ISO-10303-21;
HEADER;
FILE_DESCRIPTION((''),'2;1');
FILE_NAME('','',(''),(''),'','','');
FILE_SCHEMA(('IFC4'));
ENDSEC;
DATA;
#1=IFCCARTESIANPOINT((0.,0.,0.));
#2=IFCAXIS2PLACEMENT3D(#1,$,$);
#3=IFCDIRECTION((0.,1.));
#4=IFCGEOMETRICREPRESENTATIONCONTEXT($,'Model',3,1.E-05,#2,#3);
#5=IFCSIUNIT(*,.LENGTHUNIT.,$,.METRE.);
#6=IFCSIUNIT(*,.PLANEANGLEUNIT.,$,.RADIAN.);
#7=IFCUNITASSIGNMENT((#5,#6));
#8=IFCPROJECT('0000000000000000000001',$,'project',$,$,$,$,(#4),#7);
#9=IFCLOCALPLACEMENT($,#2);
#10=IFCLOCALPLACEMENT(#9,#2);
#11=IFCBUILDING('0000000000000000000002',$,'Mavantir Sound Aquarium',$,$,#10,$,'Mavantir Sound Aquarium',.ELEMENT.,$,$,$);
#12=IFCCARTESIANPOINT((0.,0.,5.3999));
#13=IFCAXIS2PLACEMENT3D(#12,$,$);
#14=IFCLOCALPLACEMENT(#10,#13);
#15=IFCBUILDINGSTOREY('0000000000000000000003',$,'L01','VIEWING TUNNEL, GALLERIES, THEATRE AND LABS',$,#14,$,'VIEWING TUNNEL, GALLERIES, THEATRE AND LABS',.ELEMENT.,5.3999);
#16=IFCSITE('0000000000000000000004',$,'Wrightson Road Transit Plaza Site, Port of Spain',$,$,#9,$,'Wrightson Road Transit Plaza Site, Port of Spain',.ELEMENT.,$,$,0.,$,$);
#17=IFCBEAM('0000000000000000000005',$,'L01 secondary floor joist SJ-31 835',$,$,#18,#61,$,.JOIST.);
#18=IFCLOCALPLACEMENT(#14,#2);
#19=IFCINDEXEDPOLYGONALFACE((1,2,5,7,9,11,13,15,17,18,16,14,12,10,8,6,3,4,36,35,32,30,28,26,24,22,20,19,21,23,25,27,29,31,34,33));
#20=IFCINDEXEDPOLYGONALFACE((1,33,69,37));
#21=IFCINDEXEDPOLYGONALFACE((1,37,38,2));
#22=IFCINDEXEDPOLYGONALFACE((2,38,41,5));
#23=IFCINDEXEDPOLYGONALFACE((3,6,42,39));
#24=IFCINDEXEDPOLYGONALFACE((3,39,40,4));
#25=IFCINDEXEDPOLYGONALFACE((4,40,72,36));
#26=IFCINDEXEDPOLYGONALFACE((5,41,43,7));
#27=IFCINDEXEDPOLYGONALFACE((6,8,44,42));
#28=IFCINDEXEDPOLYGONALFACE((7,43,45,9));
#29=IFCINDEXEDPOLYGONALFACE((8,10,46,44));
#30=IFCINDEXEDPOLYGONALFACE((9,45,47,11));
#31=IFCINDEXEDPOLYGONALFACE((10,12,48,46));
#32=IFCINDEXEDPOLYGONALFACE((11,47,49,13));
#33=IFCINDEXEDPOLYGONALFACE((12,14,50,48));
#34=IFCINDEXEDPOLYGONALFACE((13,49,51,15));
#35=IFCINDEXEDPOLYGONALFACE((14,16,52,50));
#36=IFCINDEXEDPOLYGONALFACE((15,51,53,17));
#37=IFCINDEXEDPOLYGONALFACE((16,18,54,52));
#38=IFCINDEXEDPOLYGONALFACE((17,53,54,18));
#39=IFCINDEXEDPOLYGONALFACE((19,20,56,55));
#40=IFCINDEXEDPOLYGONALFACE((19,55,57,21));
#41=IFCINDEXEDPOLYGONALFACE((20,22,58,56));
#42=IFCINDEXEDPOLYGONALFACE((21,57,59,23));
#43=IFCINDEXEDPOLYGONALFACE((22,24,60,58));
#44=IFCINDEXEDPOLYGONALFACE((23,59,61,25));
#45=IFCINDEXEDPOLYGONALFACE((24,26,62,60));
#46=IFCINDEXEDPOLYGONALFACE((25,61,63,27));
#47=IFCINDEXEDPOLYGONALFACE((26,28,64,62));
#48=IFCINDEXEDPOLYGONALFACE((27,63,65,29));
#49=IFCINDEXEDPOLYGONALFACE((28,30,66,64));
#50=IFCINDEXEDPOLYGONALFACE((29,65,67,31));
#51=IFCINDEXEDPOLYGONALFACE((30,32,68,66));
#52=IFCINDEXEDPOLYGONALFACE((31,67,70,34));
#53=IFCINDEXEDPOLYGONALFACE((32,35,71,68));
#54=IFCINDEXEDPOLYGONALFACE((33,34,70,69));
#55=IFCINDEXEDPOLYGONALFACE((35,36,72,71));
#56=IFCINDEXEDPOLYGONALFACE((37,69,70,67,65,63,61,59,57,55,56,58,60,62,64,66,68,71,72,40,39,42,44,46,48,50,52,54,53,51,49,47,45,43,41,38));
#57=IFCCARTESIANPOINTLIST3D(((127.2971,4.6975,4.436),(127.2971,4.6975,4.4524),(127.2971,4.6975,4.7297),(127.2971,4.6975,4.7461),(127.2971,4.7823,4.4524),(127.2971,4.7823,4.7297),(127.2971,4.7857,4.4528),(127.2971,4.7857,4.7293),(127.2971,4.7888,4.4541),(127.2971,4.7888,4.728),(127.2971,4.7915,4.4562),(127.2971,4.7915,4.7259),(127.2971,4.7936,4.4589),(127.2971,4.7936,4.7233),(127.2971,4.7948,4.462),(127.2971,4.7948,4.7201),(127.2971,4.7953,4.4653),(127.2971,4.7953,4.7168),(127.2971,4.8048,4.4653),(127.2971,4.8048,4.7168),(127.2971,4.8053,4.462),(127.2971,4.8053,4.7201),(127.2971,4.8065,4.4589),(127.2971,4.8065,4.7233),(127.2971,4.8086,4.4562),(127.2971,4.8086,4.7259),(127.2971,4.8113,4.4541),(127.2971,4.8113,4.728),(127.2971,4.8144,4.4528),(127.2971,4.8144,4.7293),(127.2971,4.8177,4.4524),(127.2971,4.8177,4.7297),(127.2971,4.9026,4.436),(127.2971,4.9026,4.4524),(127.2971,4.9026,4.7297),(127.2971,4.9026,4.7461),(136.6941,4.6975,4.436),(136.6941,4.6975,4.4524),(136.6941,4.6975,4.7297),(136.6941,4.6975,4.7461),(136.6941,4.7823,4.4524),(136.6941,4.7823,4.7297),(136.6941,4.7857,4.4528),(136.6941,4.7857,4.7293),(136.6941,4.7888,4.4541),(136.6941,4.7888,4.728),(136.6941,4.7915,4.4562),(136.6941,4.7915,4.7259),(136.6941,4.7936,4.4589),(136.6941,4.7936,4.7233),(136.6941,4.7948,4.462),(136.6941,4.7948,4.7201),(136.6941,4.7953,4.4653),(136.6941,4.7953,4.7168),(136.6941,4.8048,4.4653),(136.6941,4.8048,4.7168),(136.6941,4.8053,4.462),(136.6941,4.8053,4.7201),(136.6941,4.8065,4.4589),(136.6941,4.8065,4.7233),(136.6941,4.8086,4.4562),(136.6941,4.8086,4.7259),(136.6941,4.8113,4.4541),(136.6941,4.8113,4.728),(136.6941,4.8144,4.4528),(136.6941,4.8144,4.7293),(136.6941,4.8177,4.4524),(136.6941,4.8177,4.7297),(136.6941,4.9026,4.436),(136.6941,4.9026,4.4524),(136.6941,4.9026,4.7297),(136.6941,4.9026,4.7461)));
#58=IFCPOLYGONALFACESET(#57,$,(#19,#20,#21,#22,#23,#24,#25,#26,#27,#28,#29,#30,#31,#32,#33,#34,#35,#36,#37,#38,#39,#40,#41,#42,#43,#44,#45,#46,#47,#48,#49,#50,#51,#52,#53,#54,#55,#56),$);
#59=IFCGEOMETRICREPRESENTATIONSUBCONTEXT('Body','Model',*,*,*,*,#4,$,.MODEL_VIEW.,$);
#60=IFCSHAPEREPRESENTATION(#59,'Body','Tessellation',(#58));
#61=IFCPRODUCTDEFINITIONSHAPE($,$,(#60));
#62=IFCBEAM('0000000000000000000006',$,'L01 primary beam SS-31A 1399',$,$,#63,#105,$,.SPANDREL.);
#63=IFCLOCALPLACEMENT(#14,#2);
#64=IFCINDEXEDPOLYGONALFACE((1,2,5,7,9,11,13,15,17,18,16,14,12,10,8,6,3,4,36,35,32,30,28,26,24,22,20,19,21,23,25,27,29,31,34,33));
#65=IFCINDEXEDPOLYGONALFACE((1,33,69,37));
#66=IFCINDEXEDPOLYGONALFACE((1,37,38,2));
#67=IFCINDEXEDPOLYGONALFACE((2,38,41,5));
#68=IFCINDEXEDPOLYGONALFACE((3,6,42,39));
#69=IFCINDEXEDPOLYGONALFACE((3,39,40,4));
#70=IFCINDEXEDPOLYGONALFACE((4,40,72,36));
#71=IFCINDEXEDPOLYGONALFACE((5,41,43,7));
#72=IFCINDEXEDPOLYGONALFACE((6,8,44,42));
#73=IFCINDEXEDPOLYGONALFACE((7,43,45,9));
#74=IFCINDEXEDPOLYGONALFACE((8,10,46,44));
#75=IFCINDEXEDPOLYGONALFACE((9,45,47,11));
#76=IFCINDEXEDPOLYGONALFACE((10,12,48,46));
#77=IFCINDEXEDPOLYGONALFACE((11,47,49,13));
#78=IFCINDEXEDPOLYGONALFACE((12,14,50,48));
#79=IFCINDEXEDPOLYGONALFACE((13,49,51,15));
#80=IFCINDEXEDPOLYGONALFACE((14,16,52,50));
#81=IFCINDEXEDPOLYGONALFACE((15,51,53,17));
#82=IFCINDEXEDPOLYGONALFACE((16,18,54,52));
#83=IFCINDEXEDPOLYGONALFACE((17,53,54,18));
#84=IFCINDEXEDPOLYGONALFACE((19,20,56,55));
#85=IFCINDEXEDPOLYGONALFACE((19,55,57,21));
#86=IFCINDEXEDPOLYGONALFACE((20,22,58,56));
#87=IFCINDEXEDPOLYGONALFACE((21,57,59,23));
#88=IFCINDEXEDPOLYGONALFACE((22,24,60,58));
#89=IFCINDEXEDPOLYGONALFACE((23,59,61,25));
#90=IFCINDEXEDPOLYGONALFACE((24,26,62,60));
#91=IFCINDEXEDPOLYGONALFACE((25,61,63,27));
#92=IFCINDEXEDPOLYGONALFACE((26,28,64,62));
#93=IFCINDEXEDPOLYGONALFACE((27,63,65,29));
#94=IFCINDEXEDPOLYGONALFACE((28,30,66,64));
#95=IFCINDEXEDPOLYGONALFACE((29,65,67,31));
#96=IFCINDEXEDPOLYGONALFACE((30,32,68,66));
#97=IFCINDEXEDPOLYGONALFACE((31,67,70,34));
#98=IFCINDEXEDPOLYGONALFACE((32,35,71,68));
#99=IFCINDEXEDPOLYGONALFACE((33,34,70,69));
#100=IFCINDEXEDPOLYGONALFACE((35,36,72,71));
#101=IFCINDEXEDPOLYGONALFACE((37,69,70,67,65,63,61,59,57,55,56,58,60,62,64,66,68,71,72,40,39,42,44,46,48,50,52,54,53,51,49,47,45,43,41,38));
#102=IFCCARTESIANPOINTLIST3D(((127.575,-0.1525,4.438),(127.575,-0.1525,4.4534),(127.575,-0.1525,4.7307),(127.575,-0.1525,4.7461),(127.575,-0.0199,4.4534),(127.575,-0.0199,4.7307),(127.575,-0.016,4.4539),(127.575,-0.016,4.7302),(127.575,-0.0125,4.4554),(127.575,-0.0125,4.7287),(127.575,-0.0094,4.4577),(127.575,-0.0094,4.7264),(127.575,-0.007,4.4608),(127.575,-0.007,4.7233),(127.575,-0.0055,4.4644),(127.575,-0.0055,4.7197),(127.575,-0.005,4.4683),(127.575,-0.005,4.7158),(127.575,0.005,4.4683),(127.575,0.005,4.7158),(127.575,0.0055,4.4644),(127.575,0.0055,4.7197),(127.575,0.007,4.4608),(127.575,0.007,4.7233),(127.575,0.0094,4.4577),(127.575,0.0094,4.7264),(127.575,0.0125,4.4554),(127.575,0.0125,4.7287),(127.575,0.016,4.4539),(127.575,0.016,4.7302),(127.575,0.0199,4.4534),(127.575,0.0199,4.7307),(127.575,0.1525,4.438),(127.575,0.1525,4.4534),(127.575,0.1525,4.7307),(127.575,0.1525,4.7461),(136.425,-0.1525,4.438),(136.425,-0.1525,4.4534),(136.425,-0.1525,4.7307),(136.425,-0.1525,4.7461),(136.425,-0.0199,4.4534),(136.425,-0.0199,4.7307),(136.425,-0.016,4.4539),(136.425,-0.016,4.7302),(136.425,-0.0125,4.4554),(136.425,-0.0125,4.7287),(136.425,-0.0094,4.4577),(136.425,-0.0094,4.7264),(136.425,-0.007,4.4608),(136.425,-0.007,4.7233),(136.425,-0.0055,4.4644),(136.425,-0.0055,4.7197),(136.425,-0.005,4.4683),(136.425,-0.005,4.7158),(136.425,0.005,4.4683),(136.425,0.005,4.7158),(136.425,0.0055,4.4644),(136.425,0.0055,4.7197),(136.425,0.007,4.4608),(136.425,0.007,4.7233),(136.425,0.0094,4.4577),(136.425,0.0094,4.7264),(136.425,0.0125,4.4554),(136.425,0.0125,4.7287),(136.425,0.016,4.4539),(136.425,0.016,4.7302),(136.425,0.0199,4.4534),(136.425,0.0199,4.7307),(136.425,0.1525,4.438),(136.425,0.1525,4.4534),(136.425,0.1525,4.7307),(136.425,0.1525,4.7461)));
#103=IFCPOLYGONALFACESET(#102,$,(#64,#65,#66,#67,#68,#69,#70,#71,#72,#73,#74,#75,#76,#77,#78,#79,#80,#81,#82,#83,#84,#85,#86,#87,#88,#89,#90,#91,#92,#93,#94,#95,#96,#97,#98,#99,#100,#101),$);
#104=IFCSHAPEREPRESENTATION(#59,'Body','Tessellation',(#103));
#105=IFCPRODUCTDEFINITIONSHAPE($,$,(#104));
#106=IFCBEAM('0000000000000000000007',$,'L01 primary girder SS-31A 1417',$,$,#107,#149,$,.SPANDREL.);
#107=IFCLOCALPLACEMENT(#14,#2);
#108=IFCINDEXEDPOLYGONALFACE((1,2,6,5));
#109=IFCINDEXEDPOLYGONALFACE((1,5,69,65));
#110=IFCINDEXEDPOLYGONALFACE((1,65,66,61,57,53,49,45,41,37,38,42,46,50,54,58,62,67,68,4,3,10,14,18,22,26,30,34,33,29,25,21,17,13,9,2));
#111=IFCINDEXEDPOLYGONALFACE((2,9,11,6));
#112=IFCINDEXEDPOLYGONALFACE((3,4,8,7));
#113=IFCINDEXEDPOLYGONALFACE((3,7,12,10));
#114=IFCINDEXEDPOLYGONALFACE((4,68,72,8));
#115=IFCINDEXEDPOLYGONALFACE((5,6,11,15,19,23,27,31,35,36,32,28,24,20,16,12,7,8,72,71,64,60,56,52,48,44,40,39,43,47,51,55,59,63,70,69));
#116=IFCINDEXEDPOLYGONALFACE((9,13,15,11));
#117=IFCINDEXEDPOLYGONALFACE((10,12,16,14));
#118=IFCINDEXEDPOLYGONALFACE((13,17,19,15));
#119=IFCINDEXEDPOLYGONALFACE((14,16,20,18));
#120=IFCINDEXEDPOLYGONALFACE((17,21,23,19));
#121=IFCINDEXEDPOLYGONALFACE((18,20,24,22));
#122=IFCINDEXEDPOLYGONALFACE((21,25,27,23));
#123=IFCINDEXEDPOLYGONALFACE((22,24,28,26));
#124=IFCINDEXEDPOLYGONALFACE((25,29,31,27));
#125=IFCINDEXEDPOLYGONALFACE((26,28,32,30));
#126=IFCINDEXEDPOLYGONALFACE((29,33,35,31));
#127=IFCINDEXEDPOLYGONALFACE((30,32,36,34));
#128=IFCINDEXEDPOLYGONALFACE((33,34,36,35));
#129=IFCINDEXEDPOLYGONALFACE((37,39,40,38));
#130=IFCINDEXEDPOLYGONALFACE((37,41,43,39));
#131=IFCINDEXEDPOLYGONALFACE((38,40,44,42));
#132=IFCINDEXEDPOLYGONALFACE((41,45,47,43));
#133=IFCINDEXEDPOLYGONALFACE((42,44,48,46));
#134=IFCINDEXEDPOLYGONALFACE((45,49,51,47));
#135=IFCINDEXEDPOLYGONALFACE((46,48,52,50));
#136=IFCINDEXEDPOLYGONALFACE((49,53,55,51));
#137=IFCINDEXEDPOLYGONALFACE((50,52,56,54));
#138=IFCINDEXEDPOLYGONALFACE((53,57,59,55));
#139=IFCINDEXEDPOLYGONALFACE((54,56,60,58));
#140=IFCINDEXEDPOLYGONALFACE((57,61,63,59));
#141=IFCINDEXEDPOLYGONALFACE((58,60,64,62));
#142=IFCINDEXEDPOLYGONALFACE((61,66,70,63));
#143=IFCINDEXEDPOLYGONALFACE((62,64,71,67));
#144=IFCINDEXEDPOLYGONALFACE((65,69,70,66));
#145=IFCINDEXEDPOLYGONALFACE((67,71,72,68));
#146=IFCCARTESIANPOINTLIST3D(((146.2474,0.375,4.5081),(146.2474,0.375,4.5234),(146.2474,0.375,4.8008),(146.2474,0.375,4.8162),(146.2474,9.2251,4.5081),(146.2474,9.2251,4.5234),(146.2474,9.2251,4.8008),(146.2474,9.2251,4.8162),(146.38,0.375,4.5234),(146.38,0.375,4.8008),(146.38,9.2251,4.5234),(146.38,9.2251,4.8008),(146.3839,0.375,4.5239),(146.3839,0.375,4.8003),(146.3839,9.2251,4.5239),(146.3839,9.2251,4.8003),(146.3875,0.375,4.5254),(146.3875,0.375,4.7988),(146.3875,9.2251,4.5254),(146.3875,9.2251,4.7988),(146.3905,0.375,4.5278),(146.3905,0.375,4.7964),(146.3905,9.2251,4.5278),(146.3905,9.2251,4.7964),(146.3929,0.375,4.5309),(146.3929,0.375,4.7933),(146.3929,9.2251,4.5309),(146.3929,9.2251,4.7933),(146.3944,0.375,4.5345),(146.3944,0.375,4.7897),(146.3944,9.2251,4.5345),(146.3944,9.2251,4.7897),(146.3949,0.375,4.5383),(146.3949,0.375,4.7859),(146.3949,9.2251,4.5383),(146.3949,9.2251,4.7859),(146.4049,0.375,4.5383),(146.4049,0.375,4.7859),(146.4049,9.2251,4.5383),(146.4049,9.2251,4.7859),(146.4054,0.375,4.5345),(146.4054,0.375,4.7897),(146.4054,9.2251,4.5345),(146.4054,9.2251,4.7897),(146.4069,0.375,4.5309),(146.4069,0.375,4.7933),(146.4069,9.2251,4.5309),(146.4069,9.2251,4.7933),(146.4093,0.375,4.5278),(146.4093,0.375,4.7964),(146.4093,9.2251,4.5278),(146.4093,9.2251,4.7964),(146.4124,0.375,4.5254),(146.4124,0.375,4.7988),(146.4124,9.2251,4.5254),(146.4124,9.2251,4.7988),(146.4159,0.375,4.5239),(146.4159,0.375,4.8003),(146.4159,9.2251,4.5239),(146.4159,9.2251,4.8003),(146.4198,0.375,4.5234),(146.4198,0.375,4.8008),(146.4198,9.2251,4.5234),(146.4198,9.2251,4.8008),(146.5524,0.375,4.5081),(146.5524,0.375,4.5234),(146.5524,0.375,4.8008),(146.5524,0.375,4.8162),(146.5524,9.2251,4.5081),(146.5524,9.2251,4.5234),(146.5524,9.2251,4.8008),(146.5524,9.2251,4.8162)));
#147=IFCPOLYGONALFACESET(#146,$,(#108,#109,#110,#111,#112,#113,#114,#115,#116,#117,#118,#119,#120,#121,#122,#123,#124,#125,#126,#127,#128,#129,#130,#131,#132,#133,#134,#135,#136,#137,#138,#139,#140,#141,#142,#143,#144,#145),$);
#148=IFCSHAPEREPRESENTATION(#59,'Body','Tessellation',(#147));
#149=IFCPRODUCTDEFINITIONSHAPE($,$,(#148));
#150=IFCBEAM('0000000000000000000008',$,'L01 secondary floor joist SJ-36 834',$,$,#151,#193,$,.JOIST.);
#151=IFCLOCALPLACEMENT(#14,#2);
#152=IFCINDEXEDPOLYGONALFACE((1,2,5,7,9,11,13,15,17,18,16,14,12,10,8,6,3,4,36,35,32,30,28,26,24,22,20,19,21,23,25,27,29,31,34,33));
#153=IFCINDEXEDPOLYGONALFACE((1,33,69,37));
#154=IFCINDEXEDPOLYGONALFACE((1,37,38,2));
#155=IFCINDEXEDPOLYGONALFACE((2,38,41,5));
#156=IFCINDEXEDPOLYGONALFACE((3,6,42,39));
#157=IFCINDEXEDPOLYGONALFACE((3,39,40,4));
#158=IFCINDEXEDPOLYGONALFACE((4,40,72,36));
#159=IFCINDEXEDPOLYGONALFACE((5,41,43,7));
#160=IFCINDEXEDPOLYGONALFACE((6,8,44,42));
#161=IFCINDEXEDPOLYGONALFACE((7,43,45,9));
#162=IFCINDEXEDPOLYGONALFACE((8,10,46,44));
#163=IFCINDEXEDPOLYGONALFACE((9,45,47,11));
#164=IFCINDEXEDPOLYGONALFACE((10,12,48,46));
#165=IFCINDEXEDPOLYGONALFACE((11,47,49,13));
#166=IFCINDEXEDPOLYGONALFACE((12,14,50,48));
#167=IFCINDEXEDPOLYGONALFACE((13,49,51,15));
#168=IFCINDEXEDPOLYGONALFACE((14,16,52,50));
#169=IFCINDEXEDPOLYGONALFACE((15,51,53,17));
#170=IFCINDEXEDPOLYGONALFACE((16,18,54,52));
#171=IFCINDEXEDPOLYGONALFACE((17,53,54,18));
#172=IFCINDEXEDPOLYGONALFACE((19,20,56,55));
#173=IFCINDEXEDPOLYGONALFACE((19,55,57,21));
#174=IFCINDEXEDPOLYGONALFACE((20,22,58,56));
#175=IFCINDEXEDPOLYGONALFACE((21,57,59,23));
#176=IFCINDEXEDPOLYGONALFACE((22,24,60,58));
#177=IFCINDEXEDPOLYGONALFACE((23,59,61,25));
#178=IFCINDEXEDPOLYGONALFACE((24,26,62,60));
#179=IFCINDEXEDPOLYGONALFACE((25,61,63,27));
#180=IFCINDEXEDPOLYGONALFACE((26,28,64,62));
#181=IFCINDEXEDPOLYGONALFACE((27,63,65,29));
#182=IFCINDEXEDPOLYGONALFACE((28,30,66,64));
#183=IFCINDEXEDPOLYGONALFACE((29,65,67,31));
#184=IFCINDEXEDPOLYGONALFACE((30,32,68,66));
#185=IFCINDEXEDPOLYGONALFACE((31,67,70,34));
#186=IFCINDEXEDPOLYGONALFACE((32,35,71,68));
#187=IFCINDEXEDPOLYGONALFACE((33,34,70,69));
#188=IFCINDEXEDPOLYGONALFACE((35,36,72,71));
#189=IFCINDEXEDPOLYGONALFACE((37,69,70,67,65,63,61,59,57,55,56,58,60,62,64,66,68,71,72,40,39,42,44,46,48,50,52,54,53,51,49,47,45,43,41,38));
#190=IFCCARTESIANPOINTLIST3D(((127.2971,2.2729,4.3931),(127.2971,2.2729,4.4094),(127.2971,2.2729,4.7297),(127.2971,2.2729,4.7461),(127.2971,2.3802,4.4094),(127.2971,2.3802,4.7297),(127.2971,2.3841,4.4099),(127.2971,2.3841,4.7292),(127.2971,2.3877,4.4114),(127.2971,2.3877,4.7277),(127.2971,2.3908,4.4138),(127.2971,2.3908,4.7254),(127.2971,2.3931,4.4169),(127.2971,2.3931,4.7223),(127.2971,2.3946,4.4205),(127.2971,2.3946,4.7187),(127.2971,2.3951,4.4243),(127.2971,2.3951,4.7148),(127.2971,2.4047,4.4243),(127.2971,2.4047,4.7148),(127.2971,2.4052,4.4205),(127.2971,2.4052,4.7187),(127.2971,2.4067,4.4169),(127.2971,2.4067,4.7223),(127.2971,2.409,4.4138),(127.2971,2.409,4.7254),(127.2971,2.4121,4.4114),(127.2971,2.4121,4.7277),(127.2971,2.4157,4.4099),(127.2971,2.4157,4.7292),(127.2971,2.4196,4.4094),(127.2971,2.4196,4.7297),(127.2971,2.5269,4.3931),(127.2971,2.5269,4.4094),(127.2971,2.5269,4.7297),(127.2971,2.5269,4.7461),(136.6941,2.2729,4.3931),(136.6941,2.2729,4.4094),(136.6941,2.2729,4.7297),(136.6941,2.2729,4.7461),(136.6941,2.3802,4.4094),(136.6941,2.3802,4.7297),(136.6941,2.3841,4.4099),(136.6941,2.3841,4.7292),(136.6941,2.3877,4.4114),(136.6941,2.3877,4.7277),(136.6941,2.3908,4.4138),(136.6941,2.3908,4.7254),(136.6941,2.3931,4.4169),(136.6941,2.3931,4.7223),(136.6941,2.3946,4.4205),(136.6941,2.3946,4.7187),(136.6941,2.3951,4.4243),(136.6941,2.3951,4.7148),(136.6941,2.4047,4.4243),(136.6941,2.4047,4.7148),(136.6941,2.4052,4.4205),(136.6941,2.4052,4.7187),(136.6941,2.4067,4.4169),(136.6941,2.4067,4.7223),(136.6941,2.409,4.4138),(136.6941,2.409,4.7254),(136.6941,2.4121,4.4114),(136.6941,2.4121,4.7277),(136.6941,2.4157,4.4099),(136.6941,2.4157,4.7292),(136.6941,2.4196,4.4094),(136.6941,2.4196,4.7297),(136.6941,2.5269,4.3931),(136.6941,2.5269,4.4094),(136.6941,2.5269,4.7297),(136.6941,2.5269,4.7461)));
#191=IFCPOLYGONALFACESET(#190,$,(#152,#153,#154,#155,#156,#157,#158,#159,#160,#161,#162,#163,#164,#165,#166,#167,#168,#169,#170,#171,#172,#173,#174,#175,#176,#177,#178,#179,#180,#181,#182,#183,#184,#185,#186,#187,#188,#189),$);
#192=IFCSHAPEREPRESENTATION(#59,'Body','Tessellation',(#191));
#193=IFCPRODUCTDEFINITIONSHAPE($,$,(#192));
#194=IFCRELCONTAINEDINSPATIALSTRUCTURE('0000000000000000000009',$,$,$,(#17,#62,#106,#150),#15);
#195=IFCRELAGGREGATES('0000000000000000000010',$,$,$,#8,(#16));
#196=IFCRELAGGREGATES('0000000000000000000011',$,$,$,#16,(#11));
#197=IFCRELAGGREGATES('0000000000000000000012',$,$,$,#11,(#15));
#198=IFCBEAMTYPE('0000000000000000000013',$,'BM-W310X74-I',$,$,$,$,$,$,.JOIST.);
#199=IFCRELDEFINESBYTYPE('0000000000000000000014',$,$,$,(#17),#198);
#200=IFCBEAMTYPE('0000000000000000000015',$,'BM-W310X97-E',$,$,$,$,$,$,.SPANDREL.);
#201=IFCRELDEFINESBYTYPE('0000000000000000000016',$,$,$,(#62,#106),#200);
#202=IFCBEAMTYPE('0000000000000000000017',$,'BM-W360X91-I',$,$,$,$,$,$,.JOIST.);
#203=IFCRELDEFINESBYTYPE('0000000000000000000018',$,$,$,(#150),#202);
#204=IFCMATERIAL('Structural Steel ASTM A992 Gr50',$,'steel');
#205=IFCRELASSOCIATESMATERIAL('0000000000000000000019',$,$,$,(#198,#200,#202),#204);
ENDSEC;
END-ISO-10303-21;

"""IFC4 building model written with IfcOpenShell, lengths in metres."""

from ifc_helpers import new_model, si_unit, direction, frame, origin, origin_2d, place, context, subcontext, project, spatial, i_section, extrude, material, material_profile, profile_set, type_object, element, save


model = new_model("IFC4")

# Units and contexts
model_context = context("Model", 3, precision=1e-05, world=origin(), true_north=direction((0.0, 1.0)))
body_context = subcontext(model_context, "Body", "Model", "MODEL_VIEW")
ifc_project = project(units=[si_unit("LENGTHUNIT", "METRE"), si_unit("PLANEANGLEUNIT", "RADIAN")], contexts=[model_context])

# Site, building, storey
site_placement = place(None, origin())
site = spatial("IfcSite", under=ifc_project, at=site_placement, Name="Wrightson Road Transit Plaza Site, Port of Spain", LongName="Wrightson Road Transit Plaza Site, Port of Spain", CompositionType="ELEMENT", RefElevation=0.0)
building_placement = place(site_placement, origin())
building = spatial("IfcBuilding", under=site, at=building_placement, Name="Mavantir Sound Aquarium", LongName="Mavantir Sound Aquarium", CompositionType="ELEMENT")
storey_placement = place(building_placement, frame((0.0, 0.0, 5.3999)))
storey = spatial("IfcBuildingStorey", under=building, at=storey_placement, Name="L01", Description="VIEWING TUNNEL, GALLERIES, THEATRE AND LABS", LongName="VIEWING TUNNEL, GALLERIES, THEATRE AND LABS", CompositionType="ELEMENT", Elevation=5.3999)

# Beams
ifc_material_1 = material(Name="Structural Steel ASTM A992 Gr50", Category="steel")
ifc_material_profile_1 = material_profile(ifc_material_1, i_section(OverallWidth=0.2051, OverallDepth=0.3101, WebThickness=0.0095, FlangeThickness=0.0164, FilletRadius=0.0129, at=origin_2d()), Name="W310X74")
ifc_profile_set_1 = profile_set([ifc_material_profile_1], Name="Structural Steel ASTM A992 Gr50")
beam_type_1 = type_object("IfcBeamType", Name="BM-W310X74-I", PredefinedType="JOIST", material=ifc_profile_set_1)
beam_1_placement = place(storey_placement, frame((127.2971, 4.8, 4.5911), z_axis=(1.0, 0.0, 0.0), x_axis=(0.0, 1.0, 0.0)))
element("IfcBeam", 1, at=beam_1_placement, inside=storey, type_object=beam_type_1, Name="L01 secondary floor joist SJ-31 835", PredefinedType="JOIST", context=body_context, shape_type="SweptSolid", body=[
    extrude(i_section(OverallWidth=0.2051, OverallDepth=0.3101, WebThickness=0.0095, FlangeThickness=0.0164, FilletRadius=0.0129, at=origin_2d()), origin(), (0.0, 0.0, 1.0), 9.397),
])
ifc_material_profile_2 = material_profile(ifc_material_1, i_section(OverallWidth=0.3049, OverallDepth=0.3081, WebThickness=0.01, FlangeThickness=0.0154, FilletRadius=0.0149, at=origin_2d()), Name="W310X97")
ifc_profile_set_2 = profile_set([ifc_material_profile_2], Name="Structural Steel ASTM A992 Gr50")
beam_type_2 = type_object("IfcBeamType", Name="BM-W310X97-E", PredefinedType="SPANDREL", material=ifc_profile_set_2)
for number, where, z_axis, x_axis, name in (
    (2, (127.575, 0.0, 4.592), (1.0, 0.0, 0.0), (0.0, 1.0, 0.0), "L01 primary beam SS-31A 1399"),
    (3, (146.3999, 0.375, 4.6621), (0.0, 1.0, 0.0), (-1.0, 0.0, 0.0), "L01 primary girder SS-31A 1417"),
):
    element("IfcBeam", number, at=place(storey_placement, frame(where, z_axis=z_axis, x_axis=x_axis)), inside=storey, type_object=beam_type_2, Name=name, PredefinedType="SPANDREL", context=body_context, shape_type="SweptSolid", body=[
        extrude(i_section(OverallWidth=0.3049, OverallDepth=0.3081, WebThickness=0.01, FlangeThickness=0.0154, FilletRadius=0.0149, at=origin_2d()), origin(), (0.0, 0.0, 1.0), 8.8501),
    ])
ifc_material_profile_3 = material_profile(ifc_material_1, i_section(OverallWidth=0.2539, OverallDepth=0.353, WebThickness=0.0095, FlangeThickness=0.0164, FilletRadius=0.0149, at=origin_2d()), Name="W360X91")
ifc_profile_set_3 = profile_set([ifc_material_profile_3], Name="Structural Steel ASTM A992 Gr50")
beam_type_3 = type_object("IfcBeamType", Name="BM-W360X91-I", PredefinedType="JOIST", material=ifc_profile_set_3)
beam_2_placement = place(storey_placement, frame((127.2971, 2.3999, 4.5696), z_axis=(1.0, 0.0, 0.0), x_axis=(0.0, 1.0, 0.0)))
element("IfcBeam", 4, at=beam_2_placement, inside=storey, type_object=beam_type_3, Name="L01 secondary floor joist SJ-36 834", PredefinedType="JOIST", context=body_context, shape_type="SweptSolid", body=[
    extrude(i_section(OverallWidth=0.2539, OverallDepth=0.353, WebThickness=0.0095, FlangeThickness=0.0164, FilletRadius=0.0149, at=origin_2d()), origin(), (0.0, 0.0, 1.0), 9.397),
])

save(model, "model.ifc")
